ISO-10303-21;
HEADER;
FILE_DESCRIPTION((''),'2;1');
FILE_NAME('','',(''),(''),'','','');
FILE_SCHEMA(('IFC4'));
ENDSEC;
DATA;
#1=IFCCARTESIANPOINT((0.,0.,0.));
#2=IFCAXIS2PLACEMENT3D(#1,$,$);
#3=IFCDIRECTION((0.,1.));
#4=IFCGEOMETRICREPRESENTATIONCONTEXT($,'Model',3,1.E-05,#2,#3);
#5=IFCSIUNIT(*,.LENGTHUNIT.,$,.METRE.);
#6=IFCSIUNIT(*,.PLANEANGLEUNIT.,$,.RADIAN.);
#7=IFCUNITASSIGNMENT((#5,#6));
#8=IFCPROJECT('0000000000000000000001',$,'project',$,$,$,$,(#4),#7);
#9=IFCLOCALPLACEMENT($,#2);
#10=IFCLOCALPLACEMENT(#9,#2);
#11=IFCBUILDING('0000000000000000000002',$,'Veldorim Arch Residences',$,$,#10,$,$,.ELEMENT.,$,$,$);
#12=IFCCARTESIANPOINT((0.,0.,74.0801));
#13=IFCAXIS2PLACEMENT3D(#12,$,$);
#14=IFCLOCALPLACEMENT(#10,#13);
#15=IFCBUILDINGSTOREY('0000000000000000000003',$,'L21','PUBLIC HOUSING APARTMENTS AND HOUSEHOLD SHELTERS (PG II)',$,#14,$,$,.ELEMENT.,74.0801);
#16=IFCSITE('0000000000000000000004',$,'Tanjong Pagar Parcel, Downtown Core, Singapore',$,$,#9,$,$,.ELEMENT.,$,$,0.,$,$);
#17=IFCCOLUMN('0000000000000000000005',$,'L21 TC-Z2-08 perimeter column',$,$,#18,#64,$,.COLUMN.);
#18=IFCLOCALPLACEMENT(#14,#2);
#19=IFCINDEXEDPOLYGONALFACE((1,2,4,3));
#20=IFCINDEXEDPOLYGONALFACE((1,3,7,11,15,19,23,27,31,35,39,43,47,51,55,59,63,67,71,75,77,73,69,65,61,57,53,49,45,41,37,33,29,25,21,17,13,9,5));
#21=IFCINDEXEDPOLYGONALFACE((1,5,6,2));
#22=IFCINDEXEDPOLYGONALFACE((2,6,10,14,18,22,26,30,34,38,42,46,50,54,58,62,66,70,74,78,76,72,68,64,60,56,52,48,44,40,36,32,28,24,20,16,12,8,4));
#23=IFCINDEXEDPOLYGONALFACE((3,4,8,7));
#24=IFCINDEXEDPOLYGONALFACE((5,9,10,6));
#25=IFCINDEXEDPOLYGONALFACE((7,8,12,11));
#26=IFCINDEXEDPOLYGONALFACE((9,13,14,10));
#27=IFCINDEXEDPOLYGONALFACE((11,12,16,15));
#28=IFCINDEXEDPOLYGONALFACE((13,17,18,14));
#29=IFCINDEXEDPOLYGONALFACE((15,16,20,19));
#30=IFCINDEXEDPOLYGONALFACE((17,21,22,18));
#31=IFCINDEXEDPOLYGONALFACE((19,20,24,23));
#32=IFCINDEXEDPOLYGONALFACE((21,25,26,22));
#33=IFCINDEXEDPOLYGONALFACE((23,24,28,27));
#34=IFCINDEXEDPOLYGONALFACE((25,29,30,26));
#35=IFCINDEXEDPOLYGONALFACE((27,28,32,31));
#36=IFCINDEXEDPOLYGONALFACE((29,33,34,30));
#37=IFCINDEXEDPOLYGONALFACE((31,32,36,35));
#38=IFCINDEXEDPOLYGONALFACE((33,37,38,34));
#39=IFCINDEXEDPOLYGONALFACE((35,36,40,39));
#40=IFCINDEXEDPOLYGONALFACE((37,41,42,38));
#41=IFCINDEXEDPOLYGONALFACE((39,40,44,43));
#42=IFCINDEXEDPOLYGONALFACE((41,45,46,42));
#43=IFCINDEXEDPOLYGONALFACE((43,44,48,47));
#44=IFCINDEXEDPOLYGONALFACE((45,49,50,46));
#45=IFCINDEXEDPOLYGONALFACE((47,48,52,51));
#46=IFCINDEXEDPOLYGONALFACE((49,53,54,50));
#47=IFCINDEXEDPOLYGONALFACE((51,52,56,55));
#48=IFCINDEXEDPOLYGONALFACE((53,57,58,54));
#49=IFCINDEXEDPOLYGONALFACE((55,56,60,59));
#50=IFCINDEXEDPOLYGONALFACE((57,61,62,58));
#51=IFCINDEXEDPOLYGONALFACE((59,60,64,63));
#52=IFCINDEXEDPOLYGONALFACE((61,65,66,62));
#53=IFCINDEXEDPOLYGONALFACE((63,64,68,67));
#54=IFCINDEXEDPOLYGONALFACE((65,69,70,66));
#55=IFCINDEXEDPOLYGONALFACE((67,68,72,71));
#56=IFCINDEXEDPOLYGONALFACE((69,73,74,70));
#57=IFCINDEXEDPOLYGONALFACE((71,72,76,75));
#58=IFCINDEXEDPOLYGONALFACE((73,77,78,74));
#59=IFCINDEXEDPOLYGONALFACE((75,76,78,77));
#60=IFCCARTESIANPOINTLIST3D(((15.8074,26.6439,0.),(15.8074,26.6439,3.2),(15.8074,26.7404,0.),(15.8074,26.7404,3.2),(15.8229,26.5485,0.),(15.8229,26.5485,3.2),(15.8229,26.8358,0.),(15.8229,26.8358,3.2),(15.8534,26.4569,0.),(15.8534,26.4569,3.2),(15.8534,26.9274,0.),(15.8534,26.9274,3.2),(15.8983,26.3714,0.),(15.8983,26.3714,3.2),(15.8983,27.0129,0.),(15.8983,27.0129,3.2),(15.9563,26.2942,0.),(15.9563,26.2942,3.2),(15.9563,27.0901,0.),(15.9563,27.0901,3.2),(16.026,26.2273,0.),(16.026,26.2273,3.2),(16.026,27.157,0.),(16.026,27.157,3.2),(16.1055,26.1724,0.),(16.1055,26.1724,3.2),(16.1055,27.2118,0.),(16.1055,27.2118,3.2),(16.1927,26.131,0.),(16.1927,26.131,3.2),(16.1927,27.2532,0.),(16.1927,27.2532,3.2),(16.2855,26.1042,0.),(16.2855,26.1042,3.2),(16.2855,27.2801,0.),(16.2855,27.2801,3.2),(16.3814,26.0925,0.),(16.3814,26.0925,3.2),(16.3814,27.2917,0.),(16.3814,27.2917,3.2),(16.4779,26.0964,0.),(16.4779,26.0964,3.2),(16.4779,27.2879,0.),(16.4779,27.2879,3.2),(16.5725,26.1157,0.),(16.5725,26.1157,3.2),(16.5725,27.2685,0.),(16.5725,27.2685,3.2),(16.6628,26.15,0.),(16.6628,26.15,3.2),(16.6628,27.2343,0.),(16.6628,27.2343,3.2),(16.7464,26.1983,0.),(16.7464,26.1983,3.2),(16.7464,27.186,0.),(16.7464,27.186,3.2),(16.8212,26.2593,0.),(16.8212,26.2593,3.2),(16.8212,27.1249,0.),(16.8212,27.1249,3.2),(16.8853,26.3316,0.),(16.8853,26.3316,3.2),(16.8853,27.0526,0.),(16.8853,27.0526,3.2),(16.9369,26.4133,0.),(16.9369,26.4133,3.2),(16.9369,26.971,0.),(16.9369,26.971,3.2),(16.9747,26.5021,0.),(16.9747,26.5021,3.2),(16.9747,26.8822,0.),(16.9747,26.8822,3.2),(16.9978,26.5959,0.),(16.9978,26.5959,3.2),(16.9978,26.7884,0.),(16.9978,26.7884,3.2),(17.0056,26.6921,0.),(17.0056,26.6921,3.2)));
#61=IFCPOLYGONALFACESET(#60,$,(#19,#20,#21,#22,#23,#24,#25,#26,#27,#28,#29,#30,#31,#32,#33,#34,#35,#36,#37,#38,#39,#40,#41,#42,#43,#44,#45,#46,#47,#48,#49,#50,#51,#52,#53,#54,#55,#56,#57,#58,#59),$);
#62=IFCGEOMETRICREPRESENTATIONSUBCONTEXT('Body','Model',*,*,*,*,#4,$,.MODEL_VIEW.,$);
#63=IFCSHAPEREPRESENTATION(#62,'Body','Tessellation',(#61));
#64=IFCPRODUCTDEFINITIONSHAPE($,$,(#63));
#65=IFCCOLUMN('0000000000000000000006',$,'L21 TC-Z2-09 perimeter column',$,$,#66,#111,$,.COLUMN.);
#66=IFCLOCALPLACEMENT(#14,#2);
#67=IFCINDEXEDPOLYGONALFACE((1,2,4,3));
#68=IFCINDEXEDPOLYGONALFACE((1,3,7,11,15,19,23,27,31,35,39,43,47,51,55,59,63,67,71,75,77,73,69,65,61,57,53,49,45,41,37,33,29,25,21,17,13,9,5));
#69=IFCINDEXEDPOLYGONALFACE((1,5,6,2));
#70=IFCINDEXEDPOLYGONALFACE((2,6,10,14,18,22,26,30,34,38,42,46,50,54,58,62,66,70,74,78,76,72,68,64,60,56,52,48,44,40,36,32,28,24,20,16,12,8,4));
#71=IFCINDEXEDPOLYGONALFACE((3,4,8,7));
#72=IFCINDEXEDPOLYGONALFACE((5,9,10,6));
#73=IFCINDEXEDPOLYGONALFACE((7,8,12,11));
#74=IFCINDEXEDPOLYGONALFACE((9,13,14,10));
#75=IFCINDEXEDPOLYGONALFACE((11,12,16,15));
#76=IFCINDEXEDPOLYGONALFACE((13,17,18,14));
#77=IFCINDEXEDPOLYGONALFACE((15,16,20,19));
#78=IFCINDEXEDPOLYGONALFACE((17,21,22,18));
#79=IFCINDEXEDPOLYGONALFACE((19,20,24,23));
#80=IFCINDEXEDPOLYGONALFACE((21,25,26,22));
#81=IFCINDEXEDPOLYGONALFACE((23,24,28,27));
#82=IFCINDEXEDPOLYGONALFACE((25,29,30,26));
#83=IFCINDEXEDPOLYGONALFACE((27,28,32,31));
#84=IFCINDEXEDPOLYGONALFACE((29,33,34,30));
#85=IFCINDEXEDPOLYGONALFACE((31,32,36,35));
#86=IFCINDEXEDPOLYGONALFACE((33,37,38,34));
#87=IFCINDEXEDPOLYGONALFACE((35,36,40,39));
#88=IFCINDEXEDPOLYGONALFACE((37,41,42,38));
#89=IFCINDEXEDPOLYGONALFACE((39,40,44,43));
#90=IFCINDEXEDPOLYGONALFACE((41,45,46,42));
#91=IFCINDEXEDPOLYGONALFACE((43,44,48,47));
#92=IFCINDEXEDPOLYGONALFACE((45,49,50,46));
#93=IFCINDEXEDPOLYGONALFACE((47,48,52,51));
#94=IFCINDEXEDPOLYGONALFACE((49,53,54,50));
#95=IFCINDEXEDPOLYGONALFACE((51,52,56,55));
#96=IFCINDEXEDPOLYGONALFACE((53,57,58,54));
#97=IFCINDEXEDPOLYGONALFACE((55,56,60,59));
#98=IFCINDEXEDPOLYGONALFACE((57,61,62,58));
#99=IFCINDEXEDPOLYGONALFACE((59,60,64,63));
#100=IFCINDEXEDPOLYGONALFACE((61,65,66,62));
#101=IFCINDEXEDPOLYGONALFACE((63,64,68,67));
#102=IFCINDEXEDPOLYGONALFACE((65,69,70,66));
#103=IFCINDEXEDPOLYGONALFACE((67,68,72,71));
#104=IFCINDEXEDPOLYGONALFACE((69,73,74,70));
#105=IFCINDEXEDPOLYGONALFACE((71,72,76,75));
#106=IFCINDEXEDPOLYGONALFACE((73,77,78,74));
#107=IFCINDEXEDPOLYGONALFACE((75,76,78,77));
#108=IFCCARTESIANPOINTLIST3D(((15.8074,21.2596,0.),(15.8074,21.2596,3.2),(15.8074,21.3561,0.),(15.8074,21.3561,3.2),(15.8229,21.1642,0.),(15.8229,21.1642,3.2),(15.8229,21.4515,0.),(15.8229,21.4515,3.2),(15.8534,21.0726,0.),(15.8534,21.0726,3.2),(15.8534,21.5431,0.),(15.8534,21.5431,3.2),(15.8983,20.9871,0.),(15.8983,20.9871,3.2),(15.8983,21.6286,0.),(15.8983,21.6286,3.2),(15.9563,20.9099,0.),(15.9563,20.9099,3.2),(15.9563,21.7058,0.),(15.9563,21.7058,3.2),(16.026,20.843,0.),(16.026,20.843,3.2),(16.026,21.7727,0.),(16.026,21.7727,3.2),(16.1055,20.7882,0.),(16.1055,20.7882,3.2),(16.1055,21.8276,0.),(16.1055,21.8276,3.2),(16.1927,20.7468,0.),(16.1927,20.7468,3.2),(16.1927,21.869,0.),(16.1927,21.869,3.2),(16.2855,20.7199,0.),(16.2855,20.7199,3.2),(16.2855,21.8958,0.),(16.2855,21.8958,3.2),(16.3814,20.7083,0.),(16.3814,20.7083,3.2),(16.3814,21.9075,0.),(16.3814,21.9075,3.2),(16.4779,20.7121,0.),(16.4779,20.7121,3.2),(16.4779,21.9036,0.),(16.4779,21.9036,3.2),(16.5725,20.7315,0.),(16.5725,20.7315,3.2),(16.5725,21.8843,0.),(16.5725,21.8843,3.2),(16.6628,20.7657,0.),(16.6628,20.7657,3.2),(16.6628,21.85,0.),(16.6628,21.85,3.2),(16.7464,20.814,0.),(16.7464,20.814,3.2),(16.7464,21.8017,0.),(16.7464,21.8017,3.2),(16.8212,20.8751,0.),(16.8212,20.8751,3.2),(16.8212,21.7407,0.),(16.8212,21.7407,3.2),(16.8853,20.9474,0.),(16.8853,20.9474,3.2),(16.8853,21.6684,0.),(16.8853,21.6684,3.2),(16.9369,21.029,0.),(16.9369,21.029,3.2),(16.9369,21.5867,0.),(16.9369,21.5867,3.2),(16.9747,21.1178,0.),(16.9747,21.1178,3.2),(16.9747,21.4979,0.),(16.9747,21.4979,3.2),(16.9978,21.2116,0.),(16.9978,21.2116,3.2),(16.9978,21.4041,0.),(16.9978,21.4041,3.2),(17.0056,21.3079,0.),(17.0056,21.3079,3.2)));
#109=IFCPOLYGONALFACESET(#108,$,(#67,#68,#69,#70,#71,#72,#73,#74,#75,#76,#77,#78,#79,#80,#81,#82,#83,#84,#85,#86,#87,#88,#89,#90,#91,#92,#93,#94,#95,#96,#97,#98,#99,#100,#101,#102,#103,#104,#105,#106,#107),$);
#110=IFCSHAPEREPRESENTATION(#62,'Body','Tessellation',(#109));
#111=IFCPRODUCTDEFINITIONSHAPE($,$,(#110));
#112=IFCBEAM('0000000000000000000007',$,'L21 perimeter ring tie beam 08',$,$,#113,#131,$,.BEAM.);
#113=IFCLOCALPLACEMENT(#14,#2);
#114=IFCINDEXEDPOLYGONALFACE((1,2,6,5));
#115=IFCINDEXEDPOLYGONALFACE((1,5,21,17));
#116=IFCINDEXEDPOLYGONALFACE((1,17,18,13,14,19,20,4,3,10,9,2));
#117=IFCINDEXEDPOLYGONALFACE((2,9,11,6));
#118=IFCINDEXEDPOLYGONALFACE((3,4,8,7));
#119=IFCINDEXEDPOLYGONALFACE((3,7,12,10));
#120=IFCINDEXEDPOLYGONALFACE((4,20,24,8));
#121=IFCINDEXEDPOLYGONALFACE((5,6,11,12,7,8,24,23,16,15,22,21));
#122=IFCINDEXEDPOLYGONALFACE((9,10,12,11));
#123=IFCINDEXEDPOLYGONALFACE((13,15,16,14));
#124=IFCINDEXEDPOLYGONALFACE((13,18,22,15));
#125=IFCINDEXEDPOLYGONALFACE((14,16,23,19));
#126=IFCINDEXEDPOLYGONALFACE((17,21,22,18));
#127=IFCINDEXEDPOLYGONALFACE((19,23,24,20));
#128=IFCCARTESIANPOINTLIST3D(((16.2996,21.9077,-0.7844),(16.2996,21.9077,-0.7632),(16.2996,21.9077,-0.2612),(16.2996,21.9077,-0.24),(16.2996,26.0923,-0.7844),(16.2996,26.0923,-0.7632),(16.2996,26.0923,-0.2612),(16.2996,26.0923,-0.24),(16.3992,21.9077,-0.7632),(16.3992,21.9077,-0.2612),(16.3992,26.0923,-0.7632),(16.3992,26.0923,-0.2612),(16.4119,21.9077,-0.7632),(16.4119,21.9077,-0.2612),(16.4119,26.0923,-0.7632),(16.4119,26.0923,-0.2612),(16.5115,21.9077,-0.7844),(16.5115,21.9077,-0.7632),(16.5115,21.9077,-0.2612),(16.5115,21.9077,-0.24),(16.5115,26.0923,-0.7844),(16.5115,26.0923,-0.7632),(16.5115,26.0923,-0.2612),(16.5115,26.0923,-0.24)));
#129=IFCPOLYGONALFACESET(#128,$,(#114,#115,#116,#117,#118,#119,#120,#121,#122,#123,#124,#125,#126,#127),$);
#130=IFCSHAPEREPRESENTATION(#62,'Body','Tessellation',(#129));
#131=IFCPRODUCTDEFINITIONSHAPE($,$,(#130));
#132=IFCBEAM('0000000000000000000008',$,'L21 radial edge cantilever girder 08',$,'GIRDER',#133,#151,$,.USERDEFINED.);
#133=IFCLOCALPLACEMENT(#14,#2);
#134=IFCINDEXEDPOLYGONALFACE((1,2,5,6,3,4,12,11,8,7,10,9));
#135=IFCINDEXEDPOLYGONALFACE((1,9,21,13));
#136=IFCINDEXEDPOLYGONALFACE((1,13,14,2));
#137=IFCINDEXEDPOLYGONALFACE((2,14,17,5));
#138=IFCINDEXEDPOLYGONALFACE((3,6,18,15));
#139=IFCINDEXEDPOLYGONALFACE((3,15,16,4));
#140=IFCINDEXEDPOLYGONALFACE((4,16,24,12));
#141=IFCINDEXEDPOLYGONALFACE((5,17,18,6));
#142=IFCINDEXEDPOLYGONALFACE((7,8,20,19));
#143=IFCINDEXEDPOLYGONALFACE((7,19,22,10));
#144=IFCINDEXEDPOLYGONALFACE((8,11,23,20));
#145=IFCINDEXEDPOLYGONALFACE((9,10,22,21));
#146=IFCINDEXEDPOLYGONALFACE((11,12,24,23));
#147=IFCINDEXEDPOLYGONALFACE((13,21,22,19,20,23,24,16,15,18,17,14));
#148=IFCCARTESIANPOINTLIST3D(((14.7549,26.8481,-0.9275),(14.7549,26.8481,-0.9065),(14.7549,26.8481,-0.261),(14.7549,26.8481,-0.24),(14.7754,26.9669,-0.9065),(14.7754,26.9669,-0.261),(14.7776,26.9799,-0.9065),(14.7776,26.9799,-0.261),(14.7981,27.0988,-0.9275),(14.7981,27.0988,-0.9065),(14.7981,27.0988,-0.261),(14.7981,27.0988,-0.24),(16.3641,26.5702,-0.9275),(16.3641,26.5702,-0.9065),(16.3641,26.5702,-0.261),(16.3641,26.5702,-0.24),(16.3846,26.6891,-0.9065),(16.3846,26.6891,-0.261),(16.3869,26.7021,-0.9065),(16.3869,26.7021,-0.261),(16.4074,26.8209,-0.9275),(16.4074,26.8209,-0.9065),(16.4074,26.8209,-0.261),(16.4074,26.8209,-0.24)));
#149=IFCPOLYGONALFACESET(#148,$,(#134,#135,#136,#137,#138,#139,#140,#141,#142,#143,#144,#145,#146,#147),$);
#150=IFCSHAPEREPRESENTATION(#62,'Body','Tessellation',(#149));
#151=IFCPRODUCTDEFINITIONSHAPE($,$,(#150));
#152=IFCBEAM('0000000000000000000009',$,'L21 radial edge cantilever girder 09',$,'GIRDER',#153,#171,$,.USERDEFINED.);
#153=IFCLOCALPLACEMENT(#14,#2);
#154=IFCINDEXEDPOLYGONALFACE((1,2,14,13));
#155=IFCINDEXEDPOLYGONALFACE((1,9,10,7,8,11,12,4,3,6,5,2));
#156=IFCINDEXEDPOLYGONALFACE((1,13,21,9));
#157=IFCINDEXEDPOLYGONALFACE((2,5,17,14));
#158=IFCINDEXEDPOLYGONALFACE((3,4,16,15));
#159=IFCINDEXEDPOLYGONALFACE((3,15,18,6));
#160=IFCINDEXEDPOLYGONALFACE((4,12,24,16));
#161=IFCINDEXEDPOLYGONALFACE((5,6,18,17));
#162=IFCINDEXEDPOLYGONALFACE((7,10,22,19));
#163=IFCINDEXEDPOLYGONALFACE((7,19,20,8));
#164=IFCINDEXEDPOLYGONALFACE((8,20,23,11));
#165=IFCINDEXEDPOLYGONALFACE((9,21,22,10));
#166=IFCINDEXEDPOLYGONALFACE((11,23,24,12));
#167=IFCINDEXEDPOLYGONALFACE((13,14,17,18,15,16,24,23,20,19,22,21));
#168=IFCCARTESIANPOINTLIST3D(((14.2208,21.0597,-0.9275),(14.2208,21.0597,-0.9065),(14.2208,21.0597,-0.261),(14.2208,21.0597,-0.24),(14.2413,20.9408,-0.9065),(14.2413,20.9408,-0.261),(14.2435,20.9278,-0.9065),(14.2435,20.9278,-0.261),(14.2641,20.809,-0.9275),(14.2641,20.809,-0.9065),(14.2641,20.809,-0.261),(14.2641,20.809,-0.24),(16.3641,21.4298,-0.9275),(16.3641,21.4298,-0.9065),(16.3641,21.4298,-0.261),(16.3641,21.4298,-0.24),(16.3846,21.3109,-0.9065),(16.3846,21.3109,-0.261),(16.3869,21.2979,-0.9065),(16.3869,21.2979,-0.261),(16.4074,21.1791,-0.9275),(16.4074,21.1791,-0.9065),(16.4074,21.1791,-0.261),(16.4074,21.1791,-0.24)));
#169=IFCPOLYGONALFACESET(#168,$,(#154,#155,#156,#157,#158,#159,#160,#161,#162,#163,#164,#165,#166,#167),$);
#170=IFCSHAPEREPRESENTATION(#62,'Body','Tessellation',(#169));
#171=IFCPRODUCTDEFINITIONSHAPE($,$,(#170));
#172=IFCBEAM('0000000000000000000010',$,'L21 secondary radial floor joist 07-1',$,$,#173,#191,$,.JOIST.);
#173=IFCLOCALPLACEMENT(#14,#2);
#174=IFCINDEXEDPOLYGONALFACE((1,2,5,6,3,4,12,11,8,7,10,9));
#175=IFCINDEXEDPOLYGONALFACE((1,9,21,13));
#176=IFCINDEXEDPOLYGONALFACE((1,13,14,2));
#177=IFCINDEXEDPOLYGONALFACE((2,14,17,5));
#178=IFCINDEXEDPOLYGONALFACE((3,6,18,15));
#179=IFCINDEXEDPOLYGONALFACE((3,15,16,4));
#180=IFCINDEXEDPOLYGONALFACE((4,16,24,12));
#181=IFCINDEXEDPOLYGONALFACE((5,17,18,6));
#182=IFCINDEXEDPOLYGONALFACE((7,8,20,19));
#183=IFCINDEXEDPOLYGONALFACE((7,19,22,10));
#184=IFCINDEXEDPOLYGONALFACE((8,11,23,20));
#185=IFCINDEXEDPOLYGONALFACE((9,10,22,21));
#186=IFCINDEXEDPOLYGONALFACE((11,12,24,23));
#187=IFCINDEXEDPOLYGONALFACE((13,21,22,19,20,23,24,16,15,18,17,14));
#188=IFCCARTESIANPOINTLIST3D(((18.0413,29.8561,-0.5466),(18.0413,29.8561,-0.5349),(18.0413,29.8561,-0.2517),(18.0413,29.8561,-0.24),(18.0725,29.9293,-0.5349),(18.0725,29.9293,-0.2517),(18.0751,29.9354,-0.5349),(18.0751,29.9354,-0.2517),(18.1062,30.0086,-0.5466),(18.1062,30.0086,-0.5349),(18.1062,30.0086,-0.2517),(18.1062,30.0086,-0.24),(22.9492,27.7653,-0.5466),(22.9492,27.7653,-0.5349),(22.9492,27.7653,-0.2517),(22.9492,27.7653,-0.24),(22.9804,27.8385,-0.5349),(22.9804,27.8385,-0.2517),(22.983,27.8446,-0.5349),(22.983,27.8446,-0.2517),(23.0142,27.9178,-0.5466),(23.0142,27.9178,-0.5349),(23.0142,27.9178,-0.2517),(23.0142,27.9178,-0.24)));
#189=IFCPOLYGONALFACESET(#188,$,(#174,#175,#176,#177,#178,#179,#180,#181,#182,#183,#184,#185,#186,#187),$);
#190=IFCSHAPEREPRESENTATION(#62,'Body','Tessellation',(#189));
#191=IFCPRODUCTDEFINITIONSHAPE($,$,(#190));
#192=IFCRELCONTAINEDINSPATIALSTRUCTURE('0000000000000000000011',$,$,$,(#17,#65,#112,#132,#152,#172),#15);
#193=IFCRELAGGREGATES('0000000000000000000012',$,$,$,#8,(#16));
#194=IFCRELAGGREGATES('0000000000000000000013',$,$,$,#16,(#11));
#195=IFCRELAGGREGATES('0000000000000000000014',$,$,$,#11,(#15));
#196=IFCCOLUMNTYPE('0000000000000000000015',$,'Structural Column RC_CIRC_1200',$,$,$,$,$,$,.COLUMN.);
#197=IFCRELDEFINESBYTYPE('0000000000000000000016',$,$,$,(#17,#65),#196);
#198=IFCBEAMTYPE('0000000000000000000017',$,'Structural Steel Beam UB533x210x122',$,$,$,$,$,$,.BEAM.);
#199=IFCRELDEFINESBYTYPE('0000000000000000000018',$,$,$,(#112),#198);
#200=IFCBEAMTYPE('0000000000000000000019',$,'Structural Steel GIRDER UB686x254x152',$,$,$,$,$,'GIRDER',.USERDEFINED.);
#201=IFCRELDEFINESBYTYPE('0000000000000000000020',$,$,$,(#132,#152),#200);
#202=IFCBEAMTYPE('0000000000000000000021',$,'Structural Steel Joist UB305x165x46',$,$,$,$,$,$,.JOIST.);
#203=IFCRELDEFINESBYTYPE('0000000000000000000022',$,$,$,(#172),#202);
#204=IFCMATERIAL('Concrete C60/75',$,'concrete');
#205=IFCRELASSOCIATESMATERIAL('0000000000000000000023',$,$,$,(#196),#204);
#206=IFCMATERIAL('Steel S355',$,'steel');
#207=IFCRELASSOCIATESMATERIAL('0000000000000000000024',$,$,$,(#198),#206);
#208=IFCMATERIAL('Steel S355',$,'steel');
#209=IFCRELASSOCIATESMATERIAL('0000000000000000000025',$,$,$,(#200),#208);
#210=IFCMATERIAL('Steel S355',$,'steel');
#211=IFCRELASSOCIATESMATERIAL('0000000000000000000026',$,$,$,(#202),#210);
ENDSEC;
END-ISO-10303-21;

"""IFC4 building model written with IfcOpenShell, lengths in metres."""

from ifc_helpers import new_model, si_unit, direction, frame, origin, origin_2d, place, context, subcontext, project, spatial, circle, i_section, extrude, material, material_profile, profile_set, type_object, element, save


model = new_model("IFC4")

# Units and contexts
model_context = context("Model", 3, precision=1e-05, world=origin(), true_north=direction((0.0, 1.0)))
body_context = subcontext(model_context, "Body", "Model", "MODEL_VIEW")
ifc_project = project(units=[si_unit("LENGTHUNIT", "METRE"), si_unit("PLANEANGLEUNIT", "RADIAN")], contexts=[model_context])

# Site, building, storey
site_placement = place(None, origin())
site = spatial("IfcSite", under=ifc_project, at=site_placement, Name="Tanjong Pagar Parcel, Downtown Core, Singapore", CompositionType="ELEMENT", RefElevation=0.0)
building_placement = place(site_placement, origin())
building = spatial("IfcBuilding", under=site, at=building_placement, Name="Veldorim Arch Residences", CompositionType="ELEMENT")
storey_placement = place(building_placement, frame((0.0, 0.0, 74.0801)))
storey = spatial("IfcBuildingStorey", under=building, at=storey_placement, Name="L21", Description="PUBLIC HOUSING APARTMENTS AND HOUSEHOLD SHELTERS (PG II)", CompositionType="ELEMENT", Elevation=74.0801)

# Columns
ifc_material_1 = material(Name="Concrete C60/75", Category="concrete")
ifc_material_profile_1 = material_profile(ifc_material_1, circle(Radius=0.6001, at=origin_2d()), Name="RC_CIRC_1200")
ifc_profile_set_1 = profile_set([ifc_material_profile_1], Name="Concrete C60/75")
column_type = type_object("IfcColumnType", Name="Structural Column RC_CIRC_1200", PredefinedType="COLUMN", material=ifc_profile_set_1)
for number, where, z_axis, x_axis, name in (
    (1, (16.4055, 26.6921, 0.0), (0.0, 0.0, 1.0), (1.0, 0.0, 0.0), "L21 TC-Z2-08 perimeter column"),
    (2, (16.4055, 21.3079, 0.0), (0.0, 0.0, 1.0), (1.0, 0.0, 0.0), "L21 TC-Z2-09 perimeter column"),
):
    element("IfcColumn", number, at=place(storey_placement, frame(where, z_axis=z_axis, x_axis=x_axis)), inside=storey, type_object=column_type, Name=name, PredefinedType="COLUMN", context=body_context, shape_type="SweptSolid", body=[
        extrude(circle(Radius=0.6001, at=origin_2d()), origin(), (0.0, 0.0, 1.0), 3.2),
    ])

# Beams
ifc_material_2 = material(Name="Steel S355", Category="steel")
ifc_material_profile_2 = material_profile(ifc_material_2, i_section(OverallWidth=0.2119, OverallDepth=0.5444, WebThickness=0.0127, FlangeThickness=0.0212, at=origin_2d()), Name="UB533x210x122")
ifc_profile_set_2 = profile_set([ifc_material_profile_2], Name="Steel S355")
beam_type_1 = type_object("IfcBeamType", Name="Structural Steel Beam UB533x210x122", PredefinedType="BEAM", material=ifc_profile_set_2)
beam_1_placement = place(storey_placement, frame((16.4055, 26.0923, -0.5122), z_axis=(0.0, -1.0, 0.0), x_axis=(1.0, 0.0, 0.0)))
element("IfcBeam", 3, at=beam_1_placement, inside=storey, type_object=beam_type_1, Name="L21 perimeter ring tie beam 08", PredefinedType="BEAM", context=body_context, shape_type="SweptSolid", body=[
    extrude(i_section(OverallWidth=0.2119, OverallDepth=0.5444, WebThickness=0.0127, FlangeThickness=0.0212, at=origin_2d()), origin(), (0.0, 0.0, 1.0), 4.1846),
])
ifc_material_3 = material(Name="Steel S355", Category="steel")
ifc_material_profile_3 = material_profile(ifc_material_3, i_section(OverallWidth=0.2544, OverallDepth=0.6875, WebThickness=0.0132, FlangeThickness=0.021, at=origin_2d()), Name="UB686x254x152")
ifc_profile_set_3 = profile_set([ifc_material_profile_3], Name="Steel S355")
beam_type_2 = type_object("IfcBeamType", Name="Structural Steel GIRDER UB686x254x152", ElementType="GIRDER", PredefinedType="USERDEFINED", material=ifc_profile_set_3)
beam_2_placement = place(storey_placement, frame((16.3857, 26.6956, -0.5837), z_axis=(-0.98542, 0.170142, 0.0), x_axis=(-0.170142, -0.98542, 0.0)))
element("IfcBeam", 4, at=beam_2_placement, inside=storey, type_object=beam_type_2, Name="L21 radial edge cantilever girder 08", ObjectType="GIRDER", PredefinedType="USERDEFINED", context=body_context, shape_type="SweptSolid", body=[
    extrude(i_section(OverallWidth=0.2544, OverallDepth=0.6875, WebThickness=0.0132, FlangeThickness=0.021, at=origin_2d()), origin(), (0.0, 0.0, 1.0), 1.6331),
])
beam_3_placement = place(storey_placement, frame((16.3857, 21.3044, -0.5837), z_axis=(-0.985415, -0.170166, 0.0), x_axis=(0.170166, -0.985415, 0.0)))
element("IfcBeam", 5, at=beam_3_placement, inside=storey, type_object=beam_type_2, Name="L21 radial edge cantilever girder 09", ObjectType="GIRDER", PredefinedType="USERDEFINED", context=body_context, shape_type="SweptSolid", body=[
    extrude(i_section(OverallWidth=0.2544, OverallDepth=0.6875, WebThickness=0.0132, FlangeThickness=0.021, at=origin_2d()), origin(), (0.0, 0.0, 1.0), 2.175),
])
ifc_material_4 = material(Name="Steel S355", Category="steel")
ifc_material_profile_4 = material_profile(ifc_material_4, i_section(OverallWidth=0.1658, OverallDepth=0.3066, WebThickness=0.0066, FlangeThickness=0.0117, at=origin_2d()), Name="UB305x165x46")
ifc_profile_set_4 = profile_set([ifc_material_profile_4], Name="Steel S355")
beam_type_3 = type_object("IfcBeamType", Name="Structural Steel Joist UB305x165x46", PredefinedType="JOIST", material=ifc_profile_set_4)
beam_4_placement = place(storey_placement, frame((22.9817, 27.8416, -0.3933), z_axis=(-0.919997, 0.391924, 0.0), x_axis=(-0.391924, -0.919997, 0.0)))
element("IfcBeam", 6, at=beam_4_placement, inside=storey, type_object=beam_type_3, Name="L21 secondary radial floor joist 07-1", PredefinedType="JOIST", context=body_context, shape_type="SweptSolid", body=[
    extrude(i_section(OverallWidth=0.1658, OverallDepth=0.3066, WebThickness=0.0066, FlangeThickness=0.0117, at=origin_2d()), origin(), (0.0, 0.0, 1.0), 5.3347),
])

save(model, "model.ifc")
